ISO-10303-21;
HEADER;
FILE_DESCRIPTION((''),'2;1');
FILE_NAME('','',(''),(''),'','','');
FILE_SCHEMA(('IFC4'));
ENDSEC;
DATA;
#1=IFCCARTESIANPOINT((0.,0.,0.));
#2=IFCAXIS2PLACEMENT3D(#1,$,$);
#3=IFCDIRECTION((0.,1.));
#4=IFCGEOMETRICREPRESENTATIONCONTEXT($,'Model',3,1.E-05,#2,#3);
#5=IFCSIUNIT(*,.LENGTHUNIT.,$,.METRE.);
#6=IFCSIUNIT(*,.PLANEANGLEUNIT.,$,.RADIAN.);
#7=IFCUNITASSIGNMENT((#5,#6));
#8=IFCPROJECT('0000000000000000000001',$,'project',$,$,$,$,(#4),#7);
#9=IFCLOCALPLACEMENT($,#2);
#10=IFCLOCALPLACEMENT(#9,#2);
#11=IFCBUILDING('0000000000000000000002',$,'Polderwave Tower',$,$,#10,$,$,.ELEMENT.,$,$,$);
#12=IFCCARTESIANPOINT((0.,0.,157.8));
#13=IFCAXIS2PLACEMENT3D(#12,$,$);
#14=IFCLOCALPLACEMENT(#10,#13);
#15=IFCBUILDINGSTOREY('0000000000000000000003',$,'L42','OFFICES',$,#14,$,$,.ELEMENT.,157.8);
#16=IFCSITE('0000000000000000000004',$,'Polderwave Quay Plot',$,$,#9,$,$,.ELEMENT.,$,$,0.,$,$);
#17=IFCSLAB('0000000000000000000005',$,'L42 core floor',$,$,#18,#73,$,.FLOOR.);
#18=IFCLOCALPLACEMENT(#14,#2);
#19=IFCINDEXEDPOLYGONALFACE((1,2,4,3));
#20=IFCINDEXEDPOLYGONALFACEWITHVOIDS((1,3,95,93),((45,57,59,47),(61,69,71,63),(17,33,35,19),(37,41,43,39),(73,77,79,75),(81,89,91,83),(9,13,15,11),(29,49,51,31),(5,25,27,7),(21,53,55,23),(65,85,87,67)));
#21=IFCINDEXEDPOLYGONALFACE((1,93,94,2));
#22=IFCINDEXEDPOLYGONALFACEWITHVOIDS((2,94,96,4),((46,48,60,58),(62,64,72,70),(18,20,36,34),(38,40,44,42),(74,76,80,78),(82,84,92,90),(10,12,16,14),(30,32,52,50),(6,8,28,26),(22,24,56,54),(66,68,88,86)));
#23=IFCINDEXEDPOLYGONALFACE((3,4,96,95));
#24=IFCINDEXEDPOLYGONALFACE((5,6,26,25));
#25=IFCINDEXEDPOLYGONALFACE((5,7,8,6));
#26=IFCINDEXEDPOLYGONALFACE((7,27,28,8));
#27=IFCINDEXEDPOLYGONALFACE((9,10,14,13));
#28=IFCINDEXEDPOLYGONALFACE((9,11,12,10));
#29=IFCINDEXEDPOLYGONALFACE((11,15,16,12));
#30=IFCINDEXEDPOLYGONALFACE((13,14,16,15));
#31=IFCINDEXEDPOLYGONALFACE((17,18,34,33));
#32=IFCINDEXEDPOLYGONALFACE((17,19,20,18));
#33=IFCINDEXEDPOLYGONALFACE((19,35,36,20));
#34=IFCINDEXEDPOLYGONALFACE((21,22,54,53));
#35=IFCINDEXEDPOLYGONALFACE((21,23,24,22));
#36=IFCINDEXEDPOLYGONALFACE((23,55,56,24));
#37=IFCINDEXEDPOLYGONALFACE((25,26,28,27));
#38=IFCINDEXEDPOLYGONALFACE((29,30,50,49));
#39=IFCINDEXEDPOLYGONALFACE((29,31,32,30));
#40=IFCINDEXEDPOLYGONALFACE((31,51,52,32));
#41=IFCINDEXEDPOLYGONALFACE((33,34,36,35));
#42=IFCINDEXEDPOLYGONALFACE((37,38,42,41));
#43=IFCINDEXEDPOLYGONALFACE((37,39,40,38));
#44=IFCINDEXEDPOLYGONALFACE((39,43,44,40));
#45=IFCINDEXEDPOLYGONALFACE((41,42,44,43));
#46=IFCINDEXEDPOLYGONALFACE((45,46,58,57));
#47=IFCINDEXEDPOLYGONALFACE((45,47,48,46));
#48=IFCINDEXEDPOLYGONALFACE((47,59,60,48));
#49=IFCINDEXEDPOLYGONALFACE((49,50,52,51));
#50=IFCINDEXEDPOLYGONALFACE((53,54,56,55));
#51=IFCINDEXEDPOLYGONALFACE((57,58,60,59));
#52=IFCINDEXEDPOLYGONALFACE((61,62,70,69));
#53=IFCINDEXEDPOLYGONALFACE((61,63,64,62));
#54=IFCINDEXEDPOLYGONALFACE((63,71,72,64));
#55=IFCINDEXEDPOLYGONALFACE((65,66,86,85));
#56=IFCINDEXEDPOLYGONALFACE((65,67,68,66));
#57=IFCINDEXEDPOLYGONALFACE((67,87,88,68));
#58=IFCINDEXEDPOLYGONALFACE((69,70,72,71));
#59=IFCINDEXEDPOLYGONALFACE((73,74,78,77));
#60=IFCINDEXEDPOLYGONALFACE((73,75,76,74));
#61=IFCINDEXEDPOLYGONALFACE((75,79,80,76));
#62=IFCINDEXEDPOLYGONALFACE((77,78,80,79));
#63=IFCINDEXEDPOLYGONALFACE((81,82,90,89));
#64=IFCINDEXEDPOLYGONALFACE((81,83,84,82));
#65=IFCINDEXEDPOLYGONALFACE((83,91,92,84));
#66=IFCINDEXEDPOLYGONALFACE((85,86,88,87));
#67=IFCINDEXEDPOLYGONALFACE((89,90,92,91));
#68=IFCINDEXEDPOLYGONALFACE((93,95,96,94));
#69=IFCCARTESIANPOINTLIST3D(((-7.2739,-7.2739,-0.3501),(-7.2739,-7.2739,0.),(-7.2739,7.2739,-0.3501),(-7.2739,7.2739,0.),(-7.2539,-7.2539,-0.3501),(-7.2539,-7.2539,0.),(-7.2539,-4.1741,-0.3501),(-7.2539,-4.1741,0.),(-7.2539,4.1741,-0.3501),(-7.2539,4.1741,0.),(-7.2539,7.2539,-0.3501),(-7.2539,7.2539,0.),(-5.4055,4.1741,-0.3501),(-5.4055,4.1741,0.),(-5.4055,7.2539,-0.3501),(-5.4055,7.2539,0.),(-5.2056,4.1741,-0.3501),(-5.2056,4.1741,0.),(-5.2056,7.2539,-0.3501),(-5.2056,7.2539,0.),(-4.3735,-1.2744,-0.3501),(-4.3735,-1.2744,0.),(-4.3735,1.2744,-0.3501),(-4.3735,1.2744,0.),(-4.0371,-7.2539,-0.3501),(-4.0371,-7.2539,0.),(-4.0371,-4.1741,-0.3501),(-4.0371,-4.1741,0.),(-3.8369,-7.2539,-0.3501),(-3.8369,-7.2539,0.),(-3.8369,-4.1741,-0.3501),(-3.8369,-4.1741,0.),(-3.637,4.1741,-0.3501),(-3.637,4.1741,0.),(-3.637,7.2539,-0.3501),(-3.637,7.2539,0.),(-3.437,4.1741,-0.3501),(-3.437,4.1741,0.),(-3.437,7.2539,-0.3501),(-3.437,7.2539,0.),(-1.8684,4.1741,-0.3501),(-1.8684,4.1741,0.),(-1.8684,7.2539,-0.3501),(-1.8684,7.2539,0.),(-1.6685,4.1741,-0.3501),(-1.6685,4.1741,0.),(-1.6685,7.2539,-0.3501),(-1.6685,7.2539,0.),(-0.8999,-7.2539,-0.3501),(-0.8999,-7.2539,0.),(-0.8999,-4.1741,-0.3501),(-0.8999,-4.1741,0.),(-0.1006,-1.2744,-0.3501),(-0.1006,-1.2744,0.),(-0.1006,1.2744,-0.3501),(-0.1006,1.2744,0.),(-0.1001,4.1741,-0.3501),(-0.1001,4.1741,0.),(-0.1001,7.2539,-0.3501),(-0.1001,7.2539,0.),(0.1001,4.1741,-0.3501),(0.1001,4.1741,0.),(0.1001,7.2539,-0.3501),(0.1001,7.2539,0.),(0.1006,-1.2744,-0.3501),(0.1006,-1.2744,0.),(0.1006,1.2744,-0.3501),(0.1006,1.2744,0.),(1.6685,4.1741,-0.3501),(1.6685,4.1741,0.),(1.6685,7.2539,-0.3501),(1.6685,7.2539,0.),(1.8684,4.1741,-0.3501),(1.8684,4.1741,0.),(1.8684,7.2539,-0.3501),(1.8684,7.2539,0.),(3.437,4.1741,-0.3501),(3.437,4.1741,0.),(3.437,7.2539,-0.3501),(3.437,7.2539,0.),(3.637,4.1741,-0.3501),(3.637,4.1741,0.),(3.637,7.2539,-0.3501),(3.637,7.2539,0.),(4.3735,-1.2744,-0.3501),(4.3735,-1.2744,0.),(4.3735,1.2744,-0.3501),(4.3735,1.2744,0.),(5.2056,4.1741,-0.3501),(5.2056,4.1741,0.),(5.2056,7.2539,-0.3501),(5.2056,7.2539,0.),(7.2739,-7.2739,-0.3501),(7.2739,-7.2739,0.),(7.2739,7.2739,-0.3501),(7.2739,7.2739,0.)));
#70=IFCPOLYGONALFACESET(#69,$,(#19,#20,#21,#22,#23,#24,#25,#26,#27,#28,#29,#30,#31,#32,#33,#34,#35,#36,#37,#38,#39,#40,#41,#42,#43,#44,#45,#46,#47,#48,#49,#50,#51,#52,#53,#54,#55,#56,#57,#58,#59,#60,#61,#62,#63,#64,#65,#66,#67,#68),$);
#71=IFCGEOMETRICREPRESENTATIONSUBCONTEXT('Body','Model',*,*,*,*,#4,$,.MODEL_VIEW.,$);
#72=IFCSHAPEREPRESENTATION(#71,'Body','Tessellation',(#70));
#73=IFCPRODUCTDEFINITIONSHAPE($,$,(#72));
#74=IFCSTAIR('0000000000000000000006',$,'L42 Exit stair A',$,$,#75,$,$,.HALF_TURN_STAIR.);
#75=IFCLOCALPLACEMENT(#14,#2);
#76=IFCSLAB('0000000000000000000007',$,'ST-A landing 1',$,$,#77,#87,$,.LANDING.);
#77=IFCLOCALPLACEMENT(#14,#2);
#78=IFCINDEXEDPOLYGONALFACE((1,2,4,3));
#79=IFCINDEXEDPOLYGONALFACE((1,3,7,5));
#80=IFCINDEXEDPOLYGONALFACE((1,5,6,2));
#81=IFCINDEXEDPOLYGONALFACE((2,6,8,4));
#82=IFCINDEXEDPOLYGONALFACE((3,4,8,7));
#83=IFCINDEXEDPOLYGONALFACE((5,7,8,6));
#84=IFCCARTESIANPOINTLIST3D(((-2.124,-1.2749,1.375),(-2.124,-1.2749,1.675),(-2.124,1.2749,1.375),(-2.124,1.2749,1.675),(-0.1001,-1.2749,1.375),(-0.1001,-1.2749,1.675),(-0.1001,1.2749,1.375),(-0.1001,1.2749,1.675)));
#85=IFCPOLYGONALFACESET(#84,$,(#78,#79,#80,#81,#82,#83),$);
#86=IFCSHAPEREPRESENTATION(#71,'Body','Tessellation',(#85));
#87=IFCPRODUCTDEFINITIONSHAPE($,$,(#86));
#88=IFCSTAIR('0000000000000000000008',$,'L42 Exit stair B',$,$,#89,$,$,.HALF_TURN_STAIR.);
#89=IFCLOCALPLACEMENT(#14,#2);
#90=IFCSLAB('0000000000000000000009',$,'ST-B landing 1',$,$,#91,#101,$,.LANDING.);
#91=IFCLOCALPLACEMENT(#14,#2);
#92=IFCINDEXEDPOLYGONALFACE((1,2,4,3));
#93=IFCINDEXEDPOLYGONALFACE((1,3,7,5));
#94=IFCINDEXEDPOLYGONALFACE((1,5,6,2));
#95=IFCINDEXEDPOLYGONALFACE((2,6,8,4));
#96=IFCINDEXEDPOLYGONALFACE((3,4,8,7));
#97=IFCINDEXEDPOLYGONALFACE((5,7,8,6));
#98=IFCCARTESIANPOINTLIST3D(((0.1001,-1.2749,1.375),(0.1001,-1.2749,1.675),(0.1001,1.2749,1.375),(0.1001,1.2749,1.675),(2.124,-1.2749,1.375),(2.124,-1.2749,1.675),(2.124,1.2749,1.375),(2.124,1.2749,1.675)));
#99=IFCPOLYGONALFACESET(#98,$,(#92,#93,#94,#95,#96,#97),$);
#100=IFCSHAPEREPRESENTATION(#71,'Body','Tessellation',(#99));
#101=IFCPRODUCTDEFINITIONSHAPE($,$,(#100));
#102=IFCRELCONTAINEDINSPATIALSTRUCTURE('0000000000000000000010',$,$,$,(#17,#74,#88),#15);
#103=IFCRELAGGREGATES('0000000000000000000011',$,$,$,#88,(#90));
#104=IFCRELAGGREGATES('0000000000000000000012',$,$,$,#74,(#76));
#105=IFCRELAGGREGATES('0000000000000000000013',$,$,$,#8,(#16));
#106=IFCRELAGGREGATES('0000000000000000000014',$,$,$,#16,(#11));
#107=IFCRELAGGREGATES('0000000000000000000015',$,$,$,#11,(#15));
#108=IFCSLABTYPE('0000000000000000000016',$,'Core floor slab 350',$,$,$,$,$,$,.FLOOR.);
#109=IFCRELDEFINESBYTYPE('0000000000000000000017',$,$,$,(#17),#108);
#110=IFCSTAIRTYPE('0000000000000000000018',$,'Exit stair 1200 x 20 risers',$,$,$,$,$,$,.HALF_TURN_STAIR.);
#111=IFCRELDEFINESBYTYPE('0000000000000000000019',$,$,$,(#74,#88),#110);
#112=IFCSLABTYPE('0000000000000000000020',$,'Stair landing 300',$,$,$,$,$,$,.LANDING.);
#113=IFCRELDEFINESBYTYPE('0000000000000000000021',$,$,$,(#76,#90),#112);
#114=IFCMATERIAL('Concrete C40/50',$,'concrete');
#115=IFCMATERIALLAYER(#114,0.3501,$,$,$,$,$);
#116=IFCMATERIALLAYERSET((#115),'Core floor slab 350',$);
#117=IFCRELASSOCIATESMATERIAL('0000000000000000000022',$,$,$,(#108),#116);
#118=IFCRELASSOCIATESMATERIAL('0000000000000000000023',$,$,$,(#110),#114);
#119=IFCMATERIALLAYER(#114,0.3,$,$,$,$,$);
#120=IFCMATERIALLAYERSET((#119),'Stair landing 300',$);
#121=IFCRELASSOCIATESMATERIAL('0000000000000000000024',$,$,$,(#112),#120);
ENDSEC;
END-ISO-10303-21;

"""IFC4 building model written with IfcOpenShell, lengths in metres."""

from ifc_helpers import new_model, si_unit, direction, frame, origin, place, context, subcontext, project, spatial, polyline, outline, extrude, material, layer, layer_set, type_object, element, aggregate, save


model = new_model("IFC4")

# Units and contexts
model_context = context("Model", 3, precision=1e-05, world=origin(), true_north=direction((0.0, 1.0)))
body_context = subcontext(model_context, "Body", "Model", "MODEL_VIEW")
ifc_project = project(units=[si_unit("LENGTHUNIT", "METRE"), si_unit("PLANEANGLEUNIT", "RADIAN")], contexts=[model_context])

# Site, building, storey
site_placement = place(None, origin())
site = spatial("IfcSite", under=ifc_project, at=site_placement, Name="Polderwave Quay Plot", CompositionType="ELEMENT", RefElevation=0.0)
building_placement = place(site_placement, origin())
building = spatial("IfcBuilding", under=site, at=building_placement, Name="Polderwave Tower", CompositionType="ELEMENT")
storey_placement = place(building_placement, frame((0.0, 0.0, 157.8)))
storey = spatial("IfcBuildingStorey", under=building, at=storey_placement, Name="L42", Description="OFFICES", CompositionType="ELEMENT", Elevation=157.8)

# Slab
ifc_material_1 = material(Name="Concrete C40/50", Category="concrete")
ifc_layer_1 = layer(ifc_material_1, 0.3501)
ifc_layer_set_1 = layer_set([ifc_layer_1], Name="Core floor slab 350")
slab_type_1 = type_object("IfcSlabType", Name="Core floor slab 350", PredefinedType="FLOOR", material=ifc_layer_set_1)
slab_1_placement = place(storey_placement, frame((0.0, 0.0, -0.3501)))
element("IfcSlab", 1, at=slab_1_placement, inside=storey, type_object=slab_type_1, Name="L42 core floor", PredefinedType="FLOOR", context=body_context, shape_type="SweptSolid", body=[
    extrude(outline(polyline([(-7.2739, -7.2739), (7.2739, -7.2739), (7.2739, 7.2739), (-7.2739, 7.2739), (-7.2739, -7.2739)]), holes=[polyline([(-7.2539, -7.2539), (-4.0371, -7.2539), (-4.0371, -4.1741), (-7.2539, -4.1741), (-7.2539, -7.2539)]), polyline([(-3.8369, -7.2539), (-0.8999, -7.2539), (-0.8999, -4.1741), (-3.8369, -4.1741), (-3.8369, -7.2539)]), polyline([(-7.2539, 4.1741), (-5.4055, 4.1741), (-5.4055, 7.2539), (-7.2539, 7.2539), (-7.2539, 4.1741)]), polyline([(-5.2056, 4.1741), (-3.637, 4.1741), (-3.637, 7.2539), (-5.2056, 7.2539), (-5.2056, 4.1741)]), polyline([(-3.437, 4.1741), (-1.8684, 4.1741), (-1.8684, 7.2539), (-3.437, 7.2539), (-3.437, 4.1741)]), polyline([(-1.6685, 4.1741), (-0.1001, 4.1741), (-0.1001, 7.2539), (-1.6685, 7.2539), (-1.6685, 4.1741)]), polyline([(0.1001, 4.1741), (1.6685, 4.1741), (1.6685, 7.2539), (0.1001, 7.2539), (0.1001, 4.1741)]), polyline([(1.8684, 4.1741), (3.437, 4.1741), (3.437, 7.2539), (1.8684, 7.2539), (1.8684, 4.1741)]), polyline([(3.637, 4.1741), (5.2056, 4.1741), (5.2056, 7.2539), (3.637, 7.2539), (3.637, 4.1741)]), polyline([(-4.3735, -1.2744), (-0.1006, -1.2744), (-0.1006, 1.2744), (-4.3735, 1.2744), (-4.3735, -1.2744)]), polyline([(0.1006, -1.2744), (4.3735, -1.2744), (4.3735, 1.2744), (0.1006, 1.2744), (0.1006, -1.2744)])]), origin(), (0.0, 0.0, 1.0), 0.3501),
])

# Stairs, slabs
stair_type = type_object("IfcStairType", Name="Exit stair 1200 x 20 risers", PredefinedType="HALF_TURN_STAIR", material=ifc_material_1)
stair_1_placement = place(storey_placement, origin())
stair_1 = element("IfcStair", 2, at=stair_1_placement, inside=storey, type_object=stair_type, Name="L42 Exit stair A", PredefinedType="HALF_TURN_STAIR")
ifc_layer_2 = layer(ifc_material_1, 0.3)
ifc_layer_set_2 = layer_set([ifc_layer_2], Name="Stair landing 300")
slab_type_2 = type_object("IfcSlabType", Name="Stair landing 300", PredefinedType="LANDING", material=ifc_layer_set_2)
slab_2_placement = place(storey_placement, frame((0.0, 0.0, 1.375)))
slab_2 = element("IfcSlab", 3, at=slab_2_placement, type_object=slab_type_2, Name="ST-A landing 1", PredefinedType="LANDING", context=body_context, shape_type="SweptSolid", body=[
    extrude(outline(polyline([(-2.124, -1.2749), (-0.1001, -1.2749), (-0.1001, 1.2749), (-2.124, 1.2749), (-2.124, -1.2749)])), origin(), (0.0, 0.0, 1.0), 0.3),
])
stair_2_placement = place(storey_placement, origin())
stair_2 = element("IfcStair", 4, at=stair_2_placement, inside=storey, type_object=stair_type, Name="L42 Exit stair B", PredefinedType="HALF_TURN_STAIR")
slab_3_placement = place(storey_placement, frame((0.0, 0.0, 1.375)))
slab_3 = element("IfcSlab", 5, at=slab_3_placement, type_object=slab_type_2, Name="ST-B landing 1", PredefinedType="LANDING", context=body_context, shape_type="SweptSolid", body=[
    extrude(outline(polyline([(2.124, 1.2749), (0.1001, 1.2749), (0.1001, -1.2749), (2.124, -1.2749), (2.124, 1.2749)])), origin(), (0.0, 0.0, 1.0), 0.3),
])
aggregate(stair_2, [slab_3])

aggregate(stair_1, [slab_2])

save(model, "model.ifc")
